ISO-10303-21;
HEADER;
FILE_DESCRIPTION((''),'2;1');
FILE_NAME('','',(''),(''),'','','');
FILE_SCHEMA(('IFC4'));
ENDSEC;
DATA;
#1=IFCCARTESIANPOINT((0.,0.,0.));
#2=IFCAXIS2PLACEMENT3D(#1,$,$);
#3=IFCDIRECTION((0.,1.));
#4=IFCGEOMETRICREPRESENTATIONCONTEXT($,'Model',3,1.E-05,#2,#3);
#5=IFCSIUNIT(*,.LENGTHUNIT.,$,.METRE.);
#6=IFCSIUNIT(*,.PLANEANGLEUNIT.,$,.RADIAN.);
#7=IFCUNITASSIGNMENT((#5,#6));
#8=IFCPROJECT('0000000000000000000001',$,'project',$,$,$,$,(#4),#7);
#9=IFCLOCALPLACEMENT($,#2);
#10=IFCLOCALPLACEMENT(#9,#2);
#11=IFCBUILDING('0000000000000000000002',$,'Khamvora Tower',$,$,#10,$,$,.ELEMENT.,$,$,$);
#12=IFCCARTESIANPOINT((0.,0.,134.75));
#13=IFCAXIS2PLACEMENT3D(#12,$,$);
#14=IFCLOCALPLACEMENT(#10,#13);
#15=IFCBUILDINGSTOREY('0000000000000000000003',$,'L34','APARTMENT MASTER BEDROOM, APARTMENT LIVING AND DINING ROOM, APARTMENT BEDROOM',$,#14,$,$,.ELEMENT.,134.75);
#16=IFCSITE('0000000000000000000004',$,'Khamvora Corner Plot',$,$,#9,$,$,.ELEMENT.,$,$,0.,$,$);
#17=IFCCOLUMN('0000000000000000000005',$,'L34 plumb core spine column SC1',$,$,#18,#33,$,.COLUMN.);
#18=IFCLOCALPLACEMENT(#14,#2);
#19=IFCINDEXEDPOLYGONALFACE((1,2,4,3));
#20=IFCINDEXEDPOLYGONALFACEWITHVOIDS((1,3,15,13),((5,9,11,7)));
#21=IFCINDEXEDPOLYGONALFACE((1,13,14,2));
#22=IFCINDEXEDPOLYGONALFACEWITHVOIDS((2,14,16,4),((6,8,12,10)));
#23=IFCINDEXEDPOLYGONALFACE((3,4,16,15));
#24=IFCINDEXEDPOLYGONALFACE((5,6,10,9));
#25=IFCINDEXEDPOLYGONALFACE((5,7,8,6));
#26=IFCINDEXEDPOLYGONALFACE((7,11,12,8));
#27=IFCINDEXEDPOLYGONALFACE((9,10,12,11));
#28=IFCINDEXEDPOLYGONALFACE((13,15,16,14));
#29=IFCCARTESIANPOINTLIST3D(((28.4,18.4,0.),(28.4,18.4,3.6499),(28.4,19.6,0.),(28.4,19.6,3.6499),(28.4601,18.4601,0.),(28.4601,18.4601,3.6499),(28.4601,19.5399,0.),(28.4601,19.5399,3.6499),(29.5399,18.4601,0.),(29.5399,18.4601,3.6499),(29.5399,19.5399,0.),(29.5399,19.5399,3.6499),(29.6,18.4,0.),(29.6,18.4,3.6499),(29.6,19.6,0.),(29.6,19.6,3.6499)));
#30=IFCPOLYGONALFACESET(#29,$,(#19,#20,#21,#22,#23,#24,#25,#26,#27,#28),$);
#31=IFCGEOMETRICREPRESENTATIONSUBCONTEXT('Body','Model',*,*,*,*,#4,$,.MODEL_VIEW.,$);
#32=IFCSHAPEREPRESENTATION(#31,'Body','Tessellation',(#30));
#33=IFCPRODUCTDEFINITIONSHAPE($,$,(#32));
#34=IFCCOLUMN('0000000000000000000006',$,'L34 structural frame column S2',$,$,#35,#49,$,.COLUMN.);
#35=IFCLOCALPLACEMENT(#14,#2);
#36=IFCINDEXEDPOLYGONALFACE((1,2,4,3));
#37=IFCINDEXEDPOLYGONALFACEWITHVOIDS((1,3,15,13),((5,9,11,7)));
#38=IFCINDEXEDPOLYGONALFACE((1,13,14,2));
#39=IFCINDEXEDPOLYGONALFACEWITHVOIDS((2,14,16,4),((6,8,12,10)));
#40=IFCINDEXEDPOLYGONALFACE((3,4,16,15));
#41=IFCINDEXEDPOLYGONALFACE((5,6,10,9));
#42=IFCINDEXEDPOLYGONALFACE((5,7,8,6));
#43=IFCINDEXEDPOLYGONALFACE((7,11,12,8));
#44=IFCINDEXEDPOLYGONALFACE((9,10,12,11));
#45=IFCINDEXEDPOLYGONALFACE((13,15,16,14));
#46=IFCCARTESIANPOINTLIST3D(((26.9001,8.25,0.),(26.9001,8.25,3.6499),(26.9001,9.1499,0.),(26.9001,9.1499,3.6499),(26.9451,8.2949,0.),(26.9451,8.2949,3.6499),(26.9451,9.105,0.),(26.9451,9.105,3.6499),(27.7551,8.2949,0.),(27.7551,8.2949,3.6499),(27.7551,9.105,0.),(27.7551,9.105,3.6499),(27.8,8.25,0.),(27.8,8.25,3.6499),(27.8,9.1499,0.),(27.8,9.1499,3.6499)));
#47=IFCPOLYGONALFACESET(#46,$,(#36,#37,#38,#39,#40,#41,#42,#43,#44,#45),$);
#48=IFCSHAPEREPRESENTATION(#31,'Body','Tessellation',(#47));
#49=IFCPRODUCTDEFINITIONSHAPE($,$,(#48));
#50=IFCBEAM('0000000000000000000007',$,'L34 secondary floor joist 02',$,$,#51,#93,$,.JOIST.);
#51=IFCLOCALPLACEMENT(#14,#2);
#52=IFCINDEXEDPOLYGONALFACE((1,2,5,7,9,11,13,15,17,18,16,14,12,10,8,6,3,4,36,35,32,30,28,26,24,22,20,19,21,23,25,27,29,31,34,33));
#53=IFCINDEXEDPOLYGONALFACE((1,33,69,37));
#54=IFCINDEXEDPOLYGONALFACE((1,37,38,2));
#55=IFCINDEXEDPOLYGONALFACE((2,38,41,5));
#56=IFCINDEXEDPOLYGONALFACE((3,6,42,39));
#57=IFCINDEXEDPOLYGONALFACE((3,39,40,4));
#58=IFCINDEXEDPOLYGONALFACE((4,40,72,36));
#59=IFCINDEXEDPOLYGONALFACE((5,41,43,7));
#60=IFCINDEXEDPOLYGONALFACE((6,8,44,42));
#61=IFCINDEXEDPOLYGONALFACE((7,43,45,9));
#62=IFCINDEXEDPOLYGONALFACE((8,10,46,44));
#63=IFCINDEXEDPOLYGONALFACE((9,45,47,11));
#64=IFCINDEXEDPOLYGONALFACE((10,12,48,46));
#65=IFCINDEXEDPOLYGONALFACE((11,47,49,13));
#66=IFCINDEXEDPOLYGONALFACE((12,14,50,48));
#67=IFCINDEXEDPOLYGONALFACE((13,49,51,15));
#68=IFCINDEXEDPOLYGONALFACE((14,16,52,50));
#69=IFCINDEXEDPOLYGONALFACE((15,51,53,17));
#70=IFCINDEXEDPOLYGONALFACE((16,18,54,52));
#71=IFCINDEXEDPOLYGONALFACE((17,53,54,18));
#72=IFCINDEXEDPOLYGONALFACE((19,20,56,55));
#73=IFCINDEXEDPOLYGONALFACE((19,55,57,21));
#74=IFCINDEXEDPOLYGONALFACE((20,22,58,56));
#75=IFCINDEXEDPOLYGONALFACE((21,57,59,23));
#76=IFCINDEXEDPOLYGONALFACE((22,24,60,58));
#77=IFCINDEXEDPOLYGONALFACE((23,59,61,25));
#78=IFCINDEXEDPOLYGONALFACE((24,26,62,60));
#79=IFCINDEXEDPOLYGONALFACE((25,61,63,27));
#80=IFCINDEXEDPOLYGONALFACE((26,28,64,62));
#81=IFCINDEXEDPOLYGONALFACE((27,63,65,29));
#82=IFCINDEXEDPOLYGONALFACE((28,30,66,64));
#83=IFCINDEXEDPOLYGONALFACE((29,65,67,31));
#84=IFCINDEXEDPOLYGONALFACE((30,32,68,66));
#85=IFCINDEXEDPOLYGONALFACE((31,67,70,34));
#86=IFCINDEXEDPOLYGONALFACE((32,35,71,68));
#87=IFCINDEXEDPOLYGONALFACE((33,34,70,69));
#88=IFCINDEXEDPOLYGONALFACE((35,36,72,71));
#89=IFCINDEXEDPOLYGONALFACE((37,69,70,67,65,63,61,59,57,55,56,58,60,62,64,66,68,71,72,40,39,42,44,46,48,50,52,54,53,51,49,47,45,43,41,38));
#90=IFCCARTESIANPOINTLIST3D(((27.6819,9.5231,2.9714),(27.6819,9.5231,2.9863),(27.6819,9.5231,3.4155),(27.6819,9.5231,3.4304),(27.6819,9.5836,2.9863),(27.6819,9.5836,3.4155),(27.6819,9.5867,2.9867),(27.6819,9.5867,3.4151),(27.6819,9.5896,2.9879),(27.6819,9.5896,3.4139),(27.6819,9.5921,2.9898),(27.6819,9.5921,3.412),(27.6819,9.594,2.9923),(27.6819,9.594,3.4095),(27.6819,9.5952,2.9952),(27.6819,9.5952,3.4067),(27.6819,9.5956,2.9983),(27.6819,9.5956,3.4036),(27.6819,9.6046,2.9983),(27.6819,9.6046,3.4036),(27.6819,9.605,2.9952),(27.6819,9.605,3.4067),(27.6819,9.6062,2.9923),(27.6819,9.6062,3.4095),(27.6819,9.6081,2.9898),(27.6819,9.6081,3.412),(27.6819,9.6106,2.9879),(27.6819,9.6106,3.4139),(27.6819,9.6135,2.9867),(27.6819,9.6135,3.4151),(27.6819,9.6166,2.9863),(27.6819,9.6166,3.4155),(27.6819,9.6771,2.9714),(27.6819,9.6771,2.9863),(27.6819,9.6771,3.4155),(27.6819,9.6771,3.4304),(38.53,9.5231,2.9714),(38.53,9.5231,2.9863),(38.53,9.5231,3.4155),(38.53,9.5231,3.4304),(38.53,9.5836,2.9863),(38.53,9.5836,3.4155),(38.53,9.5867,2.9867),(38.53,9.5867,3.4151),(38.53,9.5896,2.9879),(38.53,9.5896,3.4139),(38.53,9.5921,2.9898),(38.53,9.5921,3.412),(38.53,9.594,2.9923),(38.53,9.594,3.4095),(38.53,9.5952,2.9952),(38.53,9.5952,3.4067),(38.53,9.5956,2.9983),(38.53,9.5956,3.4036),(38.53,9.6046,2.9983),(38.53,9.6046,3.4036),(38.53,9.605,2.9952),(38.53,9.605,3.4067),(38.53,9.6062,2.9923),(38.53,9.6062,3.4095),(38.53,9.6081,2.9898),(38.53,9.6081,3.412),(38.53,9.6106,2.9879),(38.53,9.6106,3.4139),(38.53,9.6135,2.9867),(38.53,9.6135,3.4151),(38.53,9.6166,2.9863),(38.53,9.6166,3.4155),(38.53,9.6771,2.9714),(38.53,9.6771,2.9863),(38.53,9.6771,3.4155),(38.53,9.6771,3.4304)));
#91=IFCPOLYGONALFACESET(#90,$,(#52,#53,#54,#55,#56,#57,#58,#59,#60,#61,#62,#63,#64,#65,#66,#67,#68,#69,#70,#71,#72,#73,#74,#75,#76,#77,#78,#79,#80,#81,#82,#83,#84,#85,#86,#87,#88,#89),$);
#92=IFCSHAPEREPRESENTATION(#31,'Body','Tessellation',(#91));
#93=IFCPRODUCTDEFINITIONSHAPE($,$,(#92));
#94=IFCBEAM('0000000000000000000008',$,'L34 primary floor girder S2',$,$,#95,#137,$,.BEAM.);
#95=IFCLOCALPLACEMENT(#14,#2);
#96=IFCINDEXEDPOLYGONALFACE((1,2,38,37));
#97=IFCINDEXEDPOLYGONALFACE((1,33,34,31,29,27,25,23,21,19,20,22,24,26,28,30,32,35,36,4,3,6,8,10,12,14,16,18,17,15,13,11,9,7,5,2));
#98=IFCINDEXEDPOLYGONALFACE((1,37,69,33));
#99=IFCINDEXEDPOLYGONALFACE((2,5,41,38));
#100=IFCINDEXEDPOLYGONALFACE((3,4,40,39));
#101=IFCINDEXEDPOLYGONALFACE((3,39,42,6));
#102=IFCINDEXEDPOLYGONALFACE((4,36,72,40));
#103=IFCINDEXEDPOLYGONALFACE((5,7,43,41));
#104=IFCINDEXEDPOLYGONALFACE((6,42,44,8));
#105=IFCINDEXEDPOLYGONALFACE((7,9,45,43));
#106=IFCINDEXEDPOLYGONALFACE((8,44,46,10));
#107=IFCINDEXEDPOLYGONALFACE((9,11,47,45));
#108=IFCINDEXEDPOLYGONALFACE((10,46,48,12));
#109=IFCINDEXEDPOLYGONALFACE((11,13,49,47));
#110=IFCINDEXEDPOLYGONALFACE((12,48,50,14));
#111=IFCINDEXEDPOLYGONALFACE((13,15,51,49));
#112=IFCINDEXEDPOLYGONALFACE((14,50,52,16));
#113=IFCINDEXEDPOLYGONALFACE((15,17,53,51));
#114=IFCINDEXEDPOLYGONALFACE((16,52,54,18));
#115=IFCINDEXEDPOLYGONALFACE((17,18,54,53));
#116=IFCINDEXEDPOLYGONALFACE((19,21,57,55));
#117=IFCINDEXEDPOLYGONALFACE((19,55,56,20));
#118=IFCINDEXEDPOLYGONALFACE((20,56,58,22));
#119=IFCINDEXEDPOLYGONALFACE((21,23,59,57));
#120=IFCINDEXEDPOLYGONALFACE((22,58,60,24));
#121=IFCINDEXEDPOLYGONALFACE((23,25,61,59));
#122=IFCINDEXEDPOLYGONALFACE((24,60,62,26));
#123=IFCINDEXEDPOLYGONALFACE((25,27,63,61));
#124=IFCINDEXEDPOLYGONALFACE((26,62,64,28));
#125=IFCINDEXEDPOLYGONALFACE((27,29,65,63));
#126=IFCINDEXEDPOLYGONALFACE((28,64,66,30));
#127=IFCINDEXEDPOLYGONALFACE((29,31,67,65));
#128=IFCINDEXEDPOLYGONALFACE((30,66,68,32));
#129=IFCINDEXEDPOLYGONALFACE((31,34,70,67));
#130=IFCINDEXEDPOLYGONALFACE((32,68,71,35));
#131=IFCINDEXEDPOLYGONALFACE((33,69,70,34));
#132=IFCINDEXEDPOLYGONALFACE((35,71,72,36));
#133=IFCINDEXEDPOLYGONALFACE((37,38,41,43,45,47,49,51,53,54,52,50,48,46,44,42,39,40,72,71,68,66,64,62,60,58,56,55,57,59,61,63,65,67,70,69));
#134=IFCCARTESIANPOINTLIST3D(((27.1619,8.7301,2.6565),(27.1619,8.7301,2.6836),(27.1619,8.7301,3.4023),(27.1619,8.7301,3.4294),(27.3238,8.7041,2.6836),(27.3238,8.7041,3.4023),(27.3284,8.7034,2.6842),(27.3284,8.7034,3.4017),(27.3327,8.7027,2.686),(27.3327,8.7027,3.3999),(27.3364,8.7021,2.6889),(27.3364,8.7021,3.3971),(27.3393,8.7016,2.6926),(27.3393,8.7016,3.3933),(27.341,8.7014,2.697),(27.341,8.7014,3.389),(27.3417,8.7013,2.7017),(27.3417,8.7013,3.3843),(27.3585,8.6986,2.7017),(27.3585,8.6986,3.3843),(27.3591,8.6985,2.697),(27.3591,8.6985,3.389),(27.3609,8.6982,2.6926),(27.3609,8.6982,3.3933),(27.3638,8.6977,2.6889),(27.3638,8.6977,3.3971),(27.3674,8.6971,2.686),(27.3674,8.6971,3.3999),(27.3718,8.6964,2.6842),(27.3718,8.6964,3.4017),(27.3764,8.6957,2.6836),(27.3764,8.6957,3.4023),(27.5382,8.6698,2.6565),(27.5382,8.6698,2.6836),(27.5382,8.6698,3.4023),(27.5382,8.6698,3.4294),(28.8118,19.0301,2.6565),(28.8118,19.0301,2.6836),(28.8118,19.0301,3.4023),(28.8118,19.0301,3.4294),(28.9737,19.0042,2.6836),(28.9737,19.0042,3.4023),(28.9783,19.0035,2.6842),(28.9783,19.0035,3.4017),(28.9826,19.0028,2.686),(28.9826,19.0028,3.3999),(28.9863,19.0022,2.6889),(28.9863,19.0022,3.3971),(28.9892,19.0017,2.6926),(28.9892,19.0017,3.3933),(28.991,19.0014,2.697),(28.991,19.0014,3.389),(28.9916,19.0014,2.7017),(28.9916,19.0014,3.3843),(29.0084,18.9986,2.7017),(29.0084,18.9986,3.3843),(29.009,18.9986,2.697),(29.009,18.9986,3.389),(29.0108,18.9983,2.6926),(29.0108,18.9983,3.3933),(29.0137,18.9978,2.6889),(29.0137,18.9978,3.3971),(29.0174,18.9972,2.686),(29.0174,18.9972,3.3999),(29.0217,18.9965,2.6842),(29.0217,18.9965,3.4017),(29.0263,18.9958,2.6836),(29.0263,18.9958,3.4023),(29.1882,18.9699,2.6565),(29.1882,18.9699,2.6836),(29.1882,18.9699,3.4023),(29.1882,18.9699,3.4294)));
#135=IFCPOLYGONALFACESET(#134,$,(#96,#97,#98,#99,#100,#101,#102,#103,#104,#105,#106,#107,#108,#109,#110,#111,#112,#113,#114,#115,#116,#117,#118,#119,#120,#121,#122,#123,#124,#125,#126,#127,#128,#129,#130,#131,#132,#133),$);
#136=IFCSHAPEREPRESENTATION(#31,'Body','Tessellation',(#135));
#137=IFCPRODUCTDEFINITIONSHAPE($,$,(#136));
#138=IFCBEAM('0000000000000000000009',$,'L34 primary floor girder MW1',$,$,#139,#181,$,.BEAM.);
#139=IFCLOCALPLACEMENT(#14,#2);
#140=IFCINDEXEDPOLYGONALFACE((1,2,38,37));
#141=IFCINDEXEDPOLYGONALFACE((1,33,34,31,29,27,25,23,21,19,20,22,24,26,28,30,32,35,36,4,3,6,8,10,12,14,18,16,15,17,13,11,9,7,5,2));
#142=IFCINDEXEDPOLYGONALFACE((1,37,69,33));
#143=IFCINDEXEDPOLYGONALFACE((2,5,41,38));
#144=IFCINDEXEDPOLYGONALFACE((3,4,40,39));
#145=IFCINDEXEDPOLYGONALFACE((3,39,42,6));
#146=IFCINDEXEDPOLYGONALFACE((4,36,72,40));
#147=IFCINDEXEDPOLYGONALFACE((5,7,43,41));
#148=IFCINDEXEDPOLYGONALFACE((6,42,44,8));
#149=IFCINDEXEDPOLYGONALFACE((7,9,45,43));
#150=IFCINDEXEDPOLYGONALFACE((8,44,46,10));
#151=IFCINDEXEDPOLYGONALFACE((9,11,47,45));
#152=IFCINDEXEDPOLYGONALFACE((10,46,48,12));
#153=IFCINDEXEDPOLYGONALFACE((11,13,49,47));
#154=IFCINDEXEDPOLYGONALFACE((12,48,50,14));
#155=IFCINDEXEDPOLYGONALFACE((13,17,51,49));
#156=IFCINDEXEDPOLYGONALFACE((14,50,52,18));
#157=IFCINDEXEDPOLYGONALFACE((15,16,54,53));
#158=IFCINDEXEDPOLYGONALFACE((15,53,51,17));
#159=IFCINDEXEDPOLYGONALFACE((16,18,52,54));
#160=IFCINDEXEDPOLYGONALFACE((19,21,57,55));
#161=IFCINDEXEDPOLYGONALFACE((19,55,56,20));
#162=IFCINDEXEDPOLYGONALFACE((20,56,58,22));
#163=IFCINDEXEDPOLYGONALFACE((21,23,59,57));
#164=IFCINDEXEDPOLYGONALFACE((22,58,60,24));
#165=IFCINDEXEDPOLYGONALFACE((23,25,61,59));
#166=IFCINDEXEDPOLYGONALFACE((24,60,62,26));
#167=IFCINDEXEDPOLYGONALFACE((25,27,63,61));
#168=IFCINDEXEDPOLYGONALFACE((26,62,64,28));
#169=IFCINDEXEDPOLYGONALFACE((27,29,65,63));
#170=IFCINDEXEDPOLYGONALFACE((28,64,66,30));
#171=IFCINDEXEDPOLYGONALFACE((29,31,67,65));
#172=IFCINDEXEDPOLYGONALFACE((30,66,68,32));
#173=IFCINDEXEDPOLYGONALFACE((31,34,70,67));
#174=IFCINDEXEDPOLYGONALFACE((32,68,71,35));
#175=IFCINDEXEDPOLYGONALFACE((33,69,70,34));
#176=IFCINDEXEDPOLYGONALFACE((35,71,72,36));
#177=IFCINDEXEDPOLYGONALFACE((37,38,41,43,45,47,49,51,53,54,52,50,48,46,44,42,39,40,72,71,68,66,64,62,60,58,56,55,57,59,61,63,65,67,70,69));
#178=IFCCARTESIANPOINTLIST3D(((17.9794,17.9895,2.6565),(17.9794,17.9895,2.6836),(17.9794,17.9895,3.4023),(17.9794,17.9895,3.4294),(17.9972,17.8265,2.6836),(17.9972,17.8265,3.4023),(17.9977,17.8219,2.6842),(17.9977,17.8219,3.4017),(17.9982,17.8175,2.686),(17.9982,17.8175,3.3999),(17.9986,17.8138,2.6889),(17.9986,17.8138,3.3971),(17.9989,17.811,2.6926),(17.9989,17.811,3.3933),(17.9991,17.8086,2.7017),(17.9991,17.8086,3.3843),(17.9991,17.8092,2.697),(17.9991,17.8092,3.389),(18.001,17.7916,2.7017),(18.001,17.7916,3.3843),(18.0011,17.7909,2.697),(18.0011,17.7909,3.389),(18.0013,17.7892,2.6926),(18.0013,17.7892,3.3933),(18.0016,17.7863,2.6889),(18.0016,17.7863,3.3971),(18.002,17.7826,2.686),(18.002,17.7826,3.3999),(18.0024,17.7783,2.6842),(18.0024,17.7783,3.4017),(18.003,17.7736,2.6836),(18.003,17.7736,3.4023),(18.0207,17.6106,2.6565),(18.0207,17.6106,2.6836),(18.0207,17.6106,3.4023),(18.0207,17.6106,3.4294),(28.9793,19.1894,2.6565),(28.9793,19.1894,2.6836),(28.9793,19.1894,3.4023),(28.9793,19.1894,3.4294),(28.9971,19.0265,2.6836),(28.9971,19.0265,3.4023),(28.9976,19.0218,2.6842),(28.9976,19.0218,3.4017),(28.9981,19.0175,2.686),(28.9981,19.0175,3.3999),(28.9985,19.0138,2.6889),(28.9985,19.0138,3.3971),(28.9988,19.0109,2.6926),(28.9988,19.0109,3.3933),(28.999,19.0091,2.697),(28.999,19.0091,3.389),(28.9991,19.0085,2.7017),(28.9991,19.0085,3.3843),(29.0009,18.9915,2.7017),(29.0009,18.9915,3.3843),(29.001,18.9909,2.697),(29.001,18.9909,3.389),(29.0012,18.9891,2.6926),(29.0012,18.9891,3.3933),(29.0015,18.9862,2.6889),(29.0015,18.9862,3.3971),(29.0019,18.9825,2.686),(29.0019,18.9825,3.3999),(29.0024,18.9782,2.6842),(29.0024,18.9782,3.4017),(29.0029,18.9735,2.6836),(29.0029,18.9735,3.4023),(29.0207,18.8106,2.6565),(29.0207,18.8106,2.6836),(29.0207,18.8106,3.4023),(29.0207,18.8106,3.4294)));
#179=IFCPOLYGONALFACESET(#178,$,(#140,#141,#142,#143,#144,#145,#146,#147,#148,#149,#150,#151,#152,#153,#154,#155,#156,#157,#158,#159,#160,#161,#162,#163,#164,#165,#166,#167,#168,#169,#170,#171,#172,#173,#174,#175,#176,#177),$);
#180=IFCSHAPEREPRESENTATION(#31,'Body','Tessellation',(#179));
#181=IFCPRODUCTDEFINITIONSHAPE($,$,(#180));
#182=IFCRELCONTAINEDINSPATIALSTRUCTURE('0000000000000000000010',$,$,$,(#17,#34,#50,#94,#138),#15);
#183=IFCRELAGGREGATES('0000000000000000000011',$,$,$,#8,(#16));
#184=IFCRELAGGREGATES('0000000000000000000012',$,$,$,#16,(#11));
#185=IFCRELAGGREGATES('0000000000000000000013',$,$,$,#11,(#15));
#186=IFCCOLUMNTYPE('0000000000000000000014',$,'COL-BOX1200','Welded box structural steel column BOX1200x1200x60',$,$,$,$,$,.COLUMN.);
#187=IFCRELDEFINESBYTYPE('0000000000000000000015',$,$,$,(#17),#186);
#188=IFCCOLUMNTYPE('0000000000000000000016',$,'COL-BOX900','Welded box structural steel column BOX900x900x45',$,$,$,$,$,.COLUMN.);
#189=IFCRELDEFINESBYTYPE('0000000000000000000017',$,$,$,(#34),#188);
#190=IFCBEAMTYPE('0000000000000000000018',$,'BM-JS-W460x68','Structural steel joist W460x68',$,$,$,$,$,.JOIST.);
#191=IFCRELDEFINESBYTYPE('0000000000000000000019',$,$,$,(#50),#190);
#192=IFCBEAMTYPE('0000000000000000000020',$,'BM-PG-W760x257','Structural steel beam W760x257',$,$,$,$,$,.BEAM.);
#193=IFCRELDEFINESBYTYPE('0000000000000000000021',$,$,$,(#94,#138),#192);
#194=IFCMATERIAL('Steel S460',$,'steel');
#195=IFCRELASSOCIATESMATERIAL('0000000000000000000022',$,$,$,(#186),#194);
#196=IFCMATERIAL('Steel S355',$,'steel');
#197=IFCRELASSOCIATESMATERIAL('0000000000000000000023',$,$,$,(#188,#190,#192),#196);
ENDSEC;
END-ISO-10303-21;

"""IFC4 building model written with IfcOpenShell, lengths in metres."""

from ifc_helpers import new_model, si_unit, direction, frame, origin, origin_2d, place, context, subcontext, project, spatial, hollow_rectangle, i_section, extrude, material, material_profile, profile_set, type_object, element, save


model = new_model("IFC4")

# Units and contexts
model_context = context("Model", 3, precision=1e-05, world=origin(), true_north=direction((0.0, 1.0)))
body_context = subcontext(model_context, "Body", "Model", "MODEL_VIEW")
ifc_project = project(units=[si_unit("LENGTHUNIT", "METRE"), si_unit("PLANEANGLEUNIT", "RADIAN")], contexts=[model_context])

# Site, building, storey
site_placement = place(None, origin())
site = spatial("IfcSite", under=ifc_project, at=site_placement, Name="Khamvora Corner Plot", CompositionType="ELEMENT", RefElevation=0.0)
building_placement = place(site_placement, origin())
building = spatial("IfcBuilding", under=site, at=building_placement, Name="Khamvora Tower", CompositionType="ELEMENT")
storey_placement = place(building_placement, frame((0.0, 0.0, 134.75)))
storey = spatial("IfcBuildingStorey", under=building, at=storey_placement, Name="L34", Description="APARTMENT MASTER BEDROOM, APARTMENT LIVING AND DINING ROOM, APARTMENT BEDROOM", CompositionType="ELEMENT", Elevation=134.75)

# Columns
ifc_material_1 = material(Name="Steel S460", Category="steel")
ifc_material_profile_1 = material_profile(ifc_material_1, hollow_rectangle(XDim=1.2, YDim=1.2, WallThickness=0.0601, at=origin_2d()), Name="BOX1200x1200x60")
ifc_profile_set_1 = profile_set([ifc_material_profile_1], Name="Steel S460")
column_type_1 = type_object("IfcColumnType", Name="COL-BOX1200", Description="Welded box structural steel column BOX1200x1200x60", PredefinedType="COLUMN", material=ifc_profile_set_1)
column_1_placement = place(storey_placement, frame((29.0, 19.0, 0.0), z_axis=(0.0, 0.0, 1.0), x_axis=(1.0, 0.0, 0.0)))
element("IfcColumn", 1, at=column_1_placement, inside=storey, type_object=column_type_1, Name="L34 plumb core spine column SC1", PredefinedType="COLUMN", context=body_context, shape_type="SweptSolid", body=[
    extrude(hollow_rectangle(XDim=1.2, YDim=1.2, WallThickness=0.0601, at=origin_2d()), origin(), (0.0, 0.0, 1.0), 3.6499),
])
ifc_material_2 = material(Name="Steel S355", Category="steel")
ifc_material_profile_2 = material_profile(ifc_material_2, hollow_rectangle(XDim=0.8999, YDim=0.8999, WallThickness=0.0449, at=origin_2d()), Name="BOX900x900x45")
ifc_profile_set_2 = profile_set([ifc_material_profile_2], Name="Steel S355")
column_type_2 = type_object("IfcColumnType", Name="COL-BOX900", Description="Welded box structural steel column BOX900x900x45", PredefinedType="COLUMN", material=ifc_profile_set_2)
column_2_placement = place(storey_placement, frame((27.3501, 8.7, 0.0), z_axis=(0.0, 0.0, 1.0), x_axis=(1.0, 0.0, 0.0)))
element("IfcColumn", 2, at=column_2_placement, inside=storey, type_object=column_type_2, Name="L34 structural frame column S2", PredefinedType="COLUMN", context=body_context, shape_type="SweptSolid", body=[
    extrude(hollow_rectangle(XDim=0.8999, YDim=0.8999, WallThickness=0.0449, at=origin_2d()), origin(), (0.0, 0.0, 1.0), 3.6499),
])

# Beams
ifc_material_profile_3 = material_profile(ifc_material_2, i_section(OverallWidth=0.1541, OverallDepth=0.459, WebThickness=0.009, FlangeThickness=0.0149, FilletRadius=0.012, at=origin_2d()), Name="W460x68")
ifc_profile_set_3 = profile_set([ifc_material_profile_3], Name="Steel S355")
beam_type_1 = type_object("IfcBeamType", Name="BM-JS-W460x68", Description="Structural steel joist W460x68", PredefinedType="JOIST", material=ifc_profile_set_3)
beam_1_placement = place(storey_placement, frame((27.6819, 9.6001, 3.2009), z_axis=(1.0, 0.0, 0.0), x_axis=(0.0, 1.0, 0.0)))
element("IfcBeam", 3, at=beam_1_placement, inside=storey, type_object=beam_type_1, Name="L34 secondary floor joist 02", PredefinedType="JOIST", context=body_context, shape_type="SweptSolid", body=[
    extrude(i_section(OverallWidth=0.1541, OverallDepth=0.459, WebThickness=0.009, FlangeThickness=0.0149, FilletRadius=0.012, at=origin_2d()), origin(), (0.0, 0.0, 1.0), 10.8481),
])
ifc_material_profile_4 = material_profile(ifc_material_2, i_section(OverallWidth=0.3811, OverallDepth=0.7729, WebThickness=0.0171, FlangeThickness=0.0271, FilletRadius=0.0181, at=origin_2d()), Name="W760x257")
ifc_profile_set_4 = profile_set([ifc_material_profile_4], Name="Steel S355")
beam_type_2 = type_object("IfcBeamType", Name="BM-PG-W760x257", Description="Structural steel beam W760x257", PredefinedType="BEAM", material=ifc_profile_set_4)
beam_2_placement = place(storey_placement, frame((29.0, 19.0, 3.043), z_axis=(-0.158168, -0.987412, 0.0), x_axis=(0.987412, -0.158168, 0.0)))
element("IfcBeam", 4, at=beam_2_placement, inside=storey, type_object=beam_type_2, Name="L34 primary floor girder S2", PredefinedType="BEAM", context=body_context, shape_type="SweptSolid", body=[
    extrude(i_section(OverallWidth=0.3811, OverallDepth=0.7729, WebThickness=0.0171, FlangeThickness=0.0271, FilletRadius=0.0181, at=origin_2d()), origin(), (0.0, 0.0, 1.0), 10.4314),
])
beam_3_placement = place(storey_placement, frame((29.0, 19.0, 3.043), z_axis=(-0.994103, -0.108443, 0.0), x_axis=(0.108443, -0.994103, 0.0)))
element("IfcBeam", 5, at=beam_3_placement, inside=storey, type_object=beam_type_2, Name="L34 primary floor girder MW1", PredefinedType="BEAM", context=body_context, shape_type="SweptSolid", body=[
    extrude(i_section(OverallWidth=0.3811, OverallDepth=0.7729, WebThickness=0.0171, FlangeThickness=0.0271, FilletRadius=0.0181, at=origin_2d()), origin(), (0.0, 0.0, 1.0), 11.0652),
])

save(model, "model.ifc")
